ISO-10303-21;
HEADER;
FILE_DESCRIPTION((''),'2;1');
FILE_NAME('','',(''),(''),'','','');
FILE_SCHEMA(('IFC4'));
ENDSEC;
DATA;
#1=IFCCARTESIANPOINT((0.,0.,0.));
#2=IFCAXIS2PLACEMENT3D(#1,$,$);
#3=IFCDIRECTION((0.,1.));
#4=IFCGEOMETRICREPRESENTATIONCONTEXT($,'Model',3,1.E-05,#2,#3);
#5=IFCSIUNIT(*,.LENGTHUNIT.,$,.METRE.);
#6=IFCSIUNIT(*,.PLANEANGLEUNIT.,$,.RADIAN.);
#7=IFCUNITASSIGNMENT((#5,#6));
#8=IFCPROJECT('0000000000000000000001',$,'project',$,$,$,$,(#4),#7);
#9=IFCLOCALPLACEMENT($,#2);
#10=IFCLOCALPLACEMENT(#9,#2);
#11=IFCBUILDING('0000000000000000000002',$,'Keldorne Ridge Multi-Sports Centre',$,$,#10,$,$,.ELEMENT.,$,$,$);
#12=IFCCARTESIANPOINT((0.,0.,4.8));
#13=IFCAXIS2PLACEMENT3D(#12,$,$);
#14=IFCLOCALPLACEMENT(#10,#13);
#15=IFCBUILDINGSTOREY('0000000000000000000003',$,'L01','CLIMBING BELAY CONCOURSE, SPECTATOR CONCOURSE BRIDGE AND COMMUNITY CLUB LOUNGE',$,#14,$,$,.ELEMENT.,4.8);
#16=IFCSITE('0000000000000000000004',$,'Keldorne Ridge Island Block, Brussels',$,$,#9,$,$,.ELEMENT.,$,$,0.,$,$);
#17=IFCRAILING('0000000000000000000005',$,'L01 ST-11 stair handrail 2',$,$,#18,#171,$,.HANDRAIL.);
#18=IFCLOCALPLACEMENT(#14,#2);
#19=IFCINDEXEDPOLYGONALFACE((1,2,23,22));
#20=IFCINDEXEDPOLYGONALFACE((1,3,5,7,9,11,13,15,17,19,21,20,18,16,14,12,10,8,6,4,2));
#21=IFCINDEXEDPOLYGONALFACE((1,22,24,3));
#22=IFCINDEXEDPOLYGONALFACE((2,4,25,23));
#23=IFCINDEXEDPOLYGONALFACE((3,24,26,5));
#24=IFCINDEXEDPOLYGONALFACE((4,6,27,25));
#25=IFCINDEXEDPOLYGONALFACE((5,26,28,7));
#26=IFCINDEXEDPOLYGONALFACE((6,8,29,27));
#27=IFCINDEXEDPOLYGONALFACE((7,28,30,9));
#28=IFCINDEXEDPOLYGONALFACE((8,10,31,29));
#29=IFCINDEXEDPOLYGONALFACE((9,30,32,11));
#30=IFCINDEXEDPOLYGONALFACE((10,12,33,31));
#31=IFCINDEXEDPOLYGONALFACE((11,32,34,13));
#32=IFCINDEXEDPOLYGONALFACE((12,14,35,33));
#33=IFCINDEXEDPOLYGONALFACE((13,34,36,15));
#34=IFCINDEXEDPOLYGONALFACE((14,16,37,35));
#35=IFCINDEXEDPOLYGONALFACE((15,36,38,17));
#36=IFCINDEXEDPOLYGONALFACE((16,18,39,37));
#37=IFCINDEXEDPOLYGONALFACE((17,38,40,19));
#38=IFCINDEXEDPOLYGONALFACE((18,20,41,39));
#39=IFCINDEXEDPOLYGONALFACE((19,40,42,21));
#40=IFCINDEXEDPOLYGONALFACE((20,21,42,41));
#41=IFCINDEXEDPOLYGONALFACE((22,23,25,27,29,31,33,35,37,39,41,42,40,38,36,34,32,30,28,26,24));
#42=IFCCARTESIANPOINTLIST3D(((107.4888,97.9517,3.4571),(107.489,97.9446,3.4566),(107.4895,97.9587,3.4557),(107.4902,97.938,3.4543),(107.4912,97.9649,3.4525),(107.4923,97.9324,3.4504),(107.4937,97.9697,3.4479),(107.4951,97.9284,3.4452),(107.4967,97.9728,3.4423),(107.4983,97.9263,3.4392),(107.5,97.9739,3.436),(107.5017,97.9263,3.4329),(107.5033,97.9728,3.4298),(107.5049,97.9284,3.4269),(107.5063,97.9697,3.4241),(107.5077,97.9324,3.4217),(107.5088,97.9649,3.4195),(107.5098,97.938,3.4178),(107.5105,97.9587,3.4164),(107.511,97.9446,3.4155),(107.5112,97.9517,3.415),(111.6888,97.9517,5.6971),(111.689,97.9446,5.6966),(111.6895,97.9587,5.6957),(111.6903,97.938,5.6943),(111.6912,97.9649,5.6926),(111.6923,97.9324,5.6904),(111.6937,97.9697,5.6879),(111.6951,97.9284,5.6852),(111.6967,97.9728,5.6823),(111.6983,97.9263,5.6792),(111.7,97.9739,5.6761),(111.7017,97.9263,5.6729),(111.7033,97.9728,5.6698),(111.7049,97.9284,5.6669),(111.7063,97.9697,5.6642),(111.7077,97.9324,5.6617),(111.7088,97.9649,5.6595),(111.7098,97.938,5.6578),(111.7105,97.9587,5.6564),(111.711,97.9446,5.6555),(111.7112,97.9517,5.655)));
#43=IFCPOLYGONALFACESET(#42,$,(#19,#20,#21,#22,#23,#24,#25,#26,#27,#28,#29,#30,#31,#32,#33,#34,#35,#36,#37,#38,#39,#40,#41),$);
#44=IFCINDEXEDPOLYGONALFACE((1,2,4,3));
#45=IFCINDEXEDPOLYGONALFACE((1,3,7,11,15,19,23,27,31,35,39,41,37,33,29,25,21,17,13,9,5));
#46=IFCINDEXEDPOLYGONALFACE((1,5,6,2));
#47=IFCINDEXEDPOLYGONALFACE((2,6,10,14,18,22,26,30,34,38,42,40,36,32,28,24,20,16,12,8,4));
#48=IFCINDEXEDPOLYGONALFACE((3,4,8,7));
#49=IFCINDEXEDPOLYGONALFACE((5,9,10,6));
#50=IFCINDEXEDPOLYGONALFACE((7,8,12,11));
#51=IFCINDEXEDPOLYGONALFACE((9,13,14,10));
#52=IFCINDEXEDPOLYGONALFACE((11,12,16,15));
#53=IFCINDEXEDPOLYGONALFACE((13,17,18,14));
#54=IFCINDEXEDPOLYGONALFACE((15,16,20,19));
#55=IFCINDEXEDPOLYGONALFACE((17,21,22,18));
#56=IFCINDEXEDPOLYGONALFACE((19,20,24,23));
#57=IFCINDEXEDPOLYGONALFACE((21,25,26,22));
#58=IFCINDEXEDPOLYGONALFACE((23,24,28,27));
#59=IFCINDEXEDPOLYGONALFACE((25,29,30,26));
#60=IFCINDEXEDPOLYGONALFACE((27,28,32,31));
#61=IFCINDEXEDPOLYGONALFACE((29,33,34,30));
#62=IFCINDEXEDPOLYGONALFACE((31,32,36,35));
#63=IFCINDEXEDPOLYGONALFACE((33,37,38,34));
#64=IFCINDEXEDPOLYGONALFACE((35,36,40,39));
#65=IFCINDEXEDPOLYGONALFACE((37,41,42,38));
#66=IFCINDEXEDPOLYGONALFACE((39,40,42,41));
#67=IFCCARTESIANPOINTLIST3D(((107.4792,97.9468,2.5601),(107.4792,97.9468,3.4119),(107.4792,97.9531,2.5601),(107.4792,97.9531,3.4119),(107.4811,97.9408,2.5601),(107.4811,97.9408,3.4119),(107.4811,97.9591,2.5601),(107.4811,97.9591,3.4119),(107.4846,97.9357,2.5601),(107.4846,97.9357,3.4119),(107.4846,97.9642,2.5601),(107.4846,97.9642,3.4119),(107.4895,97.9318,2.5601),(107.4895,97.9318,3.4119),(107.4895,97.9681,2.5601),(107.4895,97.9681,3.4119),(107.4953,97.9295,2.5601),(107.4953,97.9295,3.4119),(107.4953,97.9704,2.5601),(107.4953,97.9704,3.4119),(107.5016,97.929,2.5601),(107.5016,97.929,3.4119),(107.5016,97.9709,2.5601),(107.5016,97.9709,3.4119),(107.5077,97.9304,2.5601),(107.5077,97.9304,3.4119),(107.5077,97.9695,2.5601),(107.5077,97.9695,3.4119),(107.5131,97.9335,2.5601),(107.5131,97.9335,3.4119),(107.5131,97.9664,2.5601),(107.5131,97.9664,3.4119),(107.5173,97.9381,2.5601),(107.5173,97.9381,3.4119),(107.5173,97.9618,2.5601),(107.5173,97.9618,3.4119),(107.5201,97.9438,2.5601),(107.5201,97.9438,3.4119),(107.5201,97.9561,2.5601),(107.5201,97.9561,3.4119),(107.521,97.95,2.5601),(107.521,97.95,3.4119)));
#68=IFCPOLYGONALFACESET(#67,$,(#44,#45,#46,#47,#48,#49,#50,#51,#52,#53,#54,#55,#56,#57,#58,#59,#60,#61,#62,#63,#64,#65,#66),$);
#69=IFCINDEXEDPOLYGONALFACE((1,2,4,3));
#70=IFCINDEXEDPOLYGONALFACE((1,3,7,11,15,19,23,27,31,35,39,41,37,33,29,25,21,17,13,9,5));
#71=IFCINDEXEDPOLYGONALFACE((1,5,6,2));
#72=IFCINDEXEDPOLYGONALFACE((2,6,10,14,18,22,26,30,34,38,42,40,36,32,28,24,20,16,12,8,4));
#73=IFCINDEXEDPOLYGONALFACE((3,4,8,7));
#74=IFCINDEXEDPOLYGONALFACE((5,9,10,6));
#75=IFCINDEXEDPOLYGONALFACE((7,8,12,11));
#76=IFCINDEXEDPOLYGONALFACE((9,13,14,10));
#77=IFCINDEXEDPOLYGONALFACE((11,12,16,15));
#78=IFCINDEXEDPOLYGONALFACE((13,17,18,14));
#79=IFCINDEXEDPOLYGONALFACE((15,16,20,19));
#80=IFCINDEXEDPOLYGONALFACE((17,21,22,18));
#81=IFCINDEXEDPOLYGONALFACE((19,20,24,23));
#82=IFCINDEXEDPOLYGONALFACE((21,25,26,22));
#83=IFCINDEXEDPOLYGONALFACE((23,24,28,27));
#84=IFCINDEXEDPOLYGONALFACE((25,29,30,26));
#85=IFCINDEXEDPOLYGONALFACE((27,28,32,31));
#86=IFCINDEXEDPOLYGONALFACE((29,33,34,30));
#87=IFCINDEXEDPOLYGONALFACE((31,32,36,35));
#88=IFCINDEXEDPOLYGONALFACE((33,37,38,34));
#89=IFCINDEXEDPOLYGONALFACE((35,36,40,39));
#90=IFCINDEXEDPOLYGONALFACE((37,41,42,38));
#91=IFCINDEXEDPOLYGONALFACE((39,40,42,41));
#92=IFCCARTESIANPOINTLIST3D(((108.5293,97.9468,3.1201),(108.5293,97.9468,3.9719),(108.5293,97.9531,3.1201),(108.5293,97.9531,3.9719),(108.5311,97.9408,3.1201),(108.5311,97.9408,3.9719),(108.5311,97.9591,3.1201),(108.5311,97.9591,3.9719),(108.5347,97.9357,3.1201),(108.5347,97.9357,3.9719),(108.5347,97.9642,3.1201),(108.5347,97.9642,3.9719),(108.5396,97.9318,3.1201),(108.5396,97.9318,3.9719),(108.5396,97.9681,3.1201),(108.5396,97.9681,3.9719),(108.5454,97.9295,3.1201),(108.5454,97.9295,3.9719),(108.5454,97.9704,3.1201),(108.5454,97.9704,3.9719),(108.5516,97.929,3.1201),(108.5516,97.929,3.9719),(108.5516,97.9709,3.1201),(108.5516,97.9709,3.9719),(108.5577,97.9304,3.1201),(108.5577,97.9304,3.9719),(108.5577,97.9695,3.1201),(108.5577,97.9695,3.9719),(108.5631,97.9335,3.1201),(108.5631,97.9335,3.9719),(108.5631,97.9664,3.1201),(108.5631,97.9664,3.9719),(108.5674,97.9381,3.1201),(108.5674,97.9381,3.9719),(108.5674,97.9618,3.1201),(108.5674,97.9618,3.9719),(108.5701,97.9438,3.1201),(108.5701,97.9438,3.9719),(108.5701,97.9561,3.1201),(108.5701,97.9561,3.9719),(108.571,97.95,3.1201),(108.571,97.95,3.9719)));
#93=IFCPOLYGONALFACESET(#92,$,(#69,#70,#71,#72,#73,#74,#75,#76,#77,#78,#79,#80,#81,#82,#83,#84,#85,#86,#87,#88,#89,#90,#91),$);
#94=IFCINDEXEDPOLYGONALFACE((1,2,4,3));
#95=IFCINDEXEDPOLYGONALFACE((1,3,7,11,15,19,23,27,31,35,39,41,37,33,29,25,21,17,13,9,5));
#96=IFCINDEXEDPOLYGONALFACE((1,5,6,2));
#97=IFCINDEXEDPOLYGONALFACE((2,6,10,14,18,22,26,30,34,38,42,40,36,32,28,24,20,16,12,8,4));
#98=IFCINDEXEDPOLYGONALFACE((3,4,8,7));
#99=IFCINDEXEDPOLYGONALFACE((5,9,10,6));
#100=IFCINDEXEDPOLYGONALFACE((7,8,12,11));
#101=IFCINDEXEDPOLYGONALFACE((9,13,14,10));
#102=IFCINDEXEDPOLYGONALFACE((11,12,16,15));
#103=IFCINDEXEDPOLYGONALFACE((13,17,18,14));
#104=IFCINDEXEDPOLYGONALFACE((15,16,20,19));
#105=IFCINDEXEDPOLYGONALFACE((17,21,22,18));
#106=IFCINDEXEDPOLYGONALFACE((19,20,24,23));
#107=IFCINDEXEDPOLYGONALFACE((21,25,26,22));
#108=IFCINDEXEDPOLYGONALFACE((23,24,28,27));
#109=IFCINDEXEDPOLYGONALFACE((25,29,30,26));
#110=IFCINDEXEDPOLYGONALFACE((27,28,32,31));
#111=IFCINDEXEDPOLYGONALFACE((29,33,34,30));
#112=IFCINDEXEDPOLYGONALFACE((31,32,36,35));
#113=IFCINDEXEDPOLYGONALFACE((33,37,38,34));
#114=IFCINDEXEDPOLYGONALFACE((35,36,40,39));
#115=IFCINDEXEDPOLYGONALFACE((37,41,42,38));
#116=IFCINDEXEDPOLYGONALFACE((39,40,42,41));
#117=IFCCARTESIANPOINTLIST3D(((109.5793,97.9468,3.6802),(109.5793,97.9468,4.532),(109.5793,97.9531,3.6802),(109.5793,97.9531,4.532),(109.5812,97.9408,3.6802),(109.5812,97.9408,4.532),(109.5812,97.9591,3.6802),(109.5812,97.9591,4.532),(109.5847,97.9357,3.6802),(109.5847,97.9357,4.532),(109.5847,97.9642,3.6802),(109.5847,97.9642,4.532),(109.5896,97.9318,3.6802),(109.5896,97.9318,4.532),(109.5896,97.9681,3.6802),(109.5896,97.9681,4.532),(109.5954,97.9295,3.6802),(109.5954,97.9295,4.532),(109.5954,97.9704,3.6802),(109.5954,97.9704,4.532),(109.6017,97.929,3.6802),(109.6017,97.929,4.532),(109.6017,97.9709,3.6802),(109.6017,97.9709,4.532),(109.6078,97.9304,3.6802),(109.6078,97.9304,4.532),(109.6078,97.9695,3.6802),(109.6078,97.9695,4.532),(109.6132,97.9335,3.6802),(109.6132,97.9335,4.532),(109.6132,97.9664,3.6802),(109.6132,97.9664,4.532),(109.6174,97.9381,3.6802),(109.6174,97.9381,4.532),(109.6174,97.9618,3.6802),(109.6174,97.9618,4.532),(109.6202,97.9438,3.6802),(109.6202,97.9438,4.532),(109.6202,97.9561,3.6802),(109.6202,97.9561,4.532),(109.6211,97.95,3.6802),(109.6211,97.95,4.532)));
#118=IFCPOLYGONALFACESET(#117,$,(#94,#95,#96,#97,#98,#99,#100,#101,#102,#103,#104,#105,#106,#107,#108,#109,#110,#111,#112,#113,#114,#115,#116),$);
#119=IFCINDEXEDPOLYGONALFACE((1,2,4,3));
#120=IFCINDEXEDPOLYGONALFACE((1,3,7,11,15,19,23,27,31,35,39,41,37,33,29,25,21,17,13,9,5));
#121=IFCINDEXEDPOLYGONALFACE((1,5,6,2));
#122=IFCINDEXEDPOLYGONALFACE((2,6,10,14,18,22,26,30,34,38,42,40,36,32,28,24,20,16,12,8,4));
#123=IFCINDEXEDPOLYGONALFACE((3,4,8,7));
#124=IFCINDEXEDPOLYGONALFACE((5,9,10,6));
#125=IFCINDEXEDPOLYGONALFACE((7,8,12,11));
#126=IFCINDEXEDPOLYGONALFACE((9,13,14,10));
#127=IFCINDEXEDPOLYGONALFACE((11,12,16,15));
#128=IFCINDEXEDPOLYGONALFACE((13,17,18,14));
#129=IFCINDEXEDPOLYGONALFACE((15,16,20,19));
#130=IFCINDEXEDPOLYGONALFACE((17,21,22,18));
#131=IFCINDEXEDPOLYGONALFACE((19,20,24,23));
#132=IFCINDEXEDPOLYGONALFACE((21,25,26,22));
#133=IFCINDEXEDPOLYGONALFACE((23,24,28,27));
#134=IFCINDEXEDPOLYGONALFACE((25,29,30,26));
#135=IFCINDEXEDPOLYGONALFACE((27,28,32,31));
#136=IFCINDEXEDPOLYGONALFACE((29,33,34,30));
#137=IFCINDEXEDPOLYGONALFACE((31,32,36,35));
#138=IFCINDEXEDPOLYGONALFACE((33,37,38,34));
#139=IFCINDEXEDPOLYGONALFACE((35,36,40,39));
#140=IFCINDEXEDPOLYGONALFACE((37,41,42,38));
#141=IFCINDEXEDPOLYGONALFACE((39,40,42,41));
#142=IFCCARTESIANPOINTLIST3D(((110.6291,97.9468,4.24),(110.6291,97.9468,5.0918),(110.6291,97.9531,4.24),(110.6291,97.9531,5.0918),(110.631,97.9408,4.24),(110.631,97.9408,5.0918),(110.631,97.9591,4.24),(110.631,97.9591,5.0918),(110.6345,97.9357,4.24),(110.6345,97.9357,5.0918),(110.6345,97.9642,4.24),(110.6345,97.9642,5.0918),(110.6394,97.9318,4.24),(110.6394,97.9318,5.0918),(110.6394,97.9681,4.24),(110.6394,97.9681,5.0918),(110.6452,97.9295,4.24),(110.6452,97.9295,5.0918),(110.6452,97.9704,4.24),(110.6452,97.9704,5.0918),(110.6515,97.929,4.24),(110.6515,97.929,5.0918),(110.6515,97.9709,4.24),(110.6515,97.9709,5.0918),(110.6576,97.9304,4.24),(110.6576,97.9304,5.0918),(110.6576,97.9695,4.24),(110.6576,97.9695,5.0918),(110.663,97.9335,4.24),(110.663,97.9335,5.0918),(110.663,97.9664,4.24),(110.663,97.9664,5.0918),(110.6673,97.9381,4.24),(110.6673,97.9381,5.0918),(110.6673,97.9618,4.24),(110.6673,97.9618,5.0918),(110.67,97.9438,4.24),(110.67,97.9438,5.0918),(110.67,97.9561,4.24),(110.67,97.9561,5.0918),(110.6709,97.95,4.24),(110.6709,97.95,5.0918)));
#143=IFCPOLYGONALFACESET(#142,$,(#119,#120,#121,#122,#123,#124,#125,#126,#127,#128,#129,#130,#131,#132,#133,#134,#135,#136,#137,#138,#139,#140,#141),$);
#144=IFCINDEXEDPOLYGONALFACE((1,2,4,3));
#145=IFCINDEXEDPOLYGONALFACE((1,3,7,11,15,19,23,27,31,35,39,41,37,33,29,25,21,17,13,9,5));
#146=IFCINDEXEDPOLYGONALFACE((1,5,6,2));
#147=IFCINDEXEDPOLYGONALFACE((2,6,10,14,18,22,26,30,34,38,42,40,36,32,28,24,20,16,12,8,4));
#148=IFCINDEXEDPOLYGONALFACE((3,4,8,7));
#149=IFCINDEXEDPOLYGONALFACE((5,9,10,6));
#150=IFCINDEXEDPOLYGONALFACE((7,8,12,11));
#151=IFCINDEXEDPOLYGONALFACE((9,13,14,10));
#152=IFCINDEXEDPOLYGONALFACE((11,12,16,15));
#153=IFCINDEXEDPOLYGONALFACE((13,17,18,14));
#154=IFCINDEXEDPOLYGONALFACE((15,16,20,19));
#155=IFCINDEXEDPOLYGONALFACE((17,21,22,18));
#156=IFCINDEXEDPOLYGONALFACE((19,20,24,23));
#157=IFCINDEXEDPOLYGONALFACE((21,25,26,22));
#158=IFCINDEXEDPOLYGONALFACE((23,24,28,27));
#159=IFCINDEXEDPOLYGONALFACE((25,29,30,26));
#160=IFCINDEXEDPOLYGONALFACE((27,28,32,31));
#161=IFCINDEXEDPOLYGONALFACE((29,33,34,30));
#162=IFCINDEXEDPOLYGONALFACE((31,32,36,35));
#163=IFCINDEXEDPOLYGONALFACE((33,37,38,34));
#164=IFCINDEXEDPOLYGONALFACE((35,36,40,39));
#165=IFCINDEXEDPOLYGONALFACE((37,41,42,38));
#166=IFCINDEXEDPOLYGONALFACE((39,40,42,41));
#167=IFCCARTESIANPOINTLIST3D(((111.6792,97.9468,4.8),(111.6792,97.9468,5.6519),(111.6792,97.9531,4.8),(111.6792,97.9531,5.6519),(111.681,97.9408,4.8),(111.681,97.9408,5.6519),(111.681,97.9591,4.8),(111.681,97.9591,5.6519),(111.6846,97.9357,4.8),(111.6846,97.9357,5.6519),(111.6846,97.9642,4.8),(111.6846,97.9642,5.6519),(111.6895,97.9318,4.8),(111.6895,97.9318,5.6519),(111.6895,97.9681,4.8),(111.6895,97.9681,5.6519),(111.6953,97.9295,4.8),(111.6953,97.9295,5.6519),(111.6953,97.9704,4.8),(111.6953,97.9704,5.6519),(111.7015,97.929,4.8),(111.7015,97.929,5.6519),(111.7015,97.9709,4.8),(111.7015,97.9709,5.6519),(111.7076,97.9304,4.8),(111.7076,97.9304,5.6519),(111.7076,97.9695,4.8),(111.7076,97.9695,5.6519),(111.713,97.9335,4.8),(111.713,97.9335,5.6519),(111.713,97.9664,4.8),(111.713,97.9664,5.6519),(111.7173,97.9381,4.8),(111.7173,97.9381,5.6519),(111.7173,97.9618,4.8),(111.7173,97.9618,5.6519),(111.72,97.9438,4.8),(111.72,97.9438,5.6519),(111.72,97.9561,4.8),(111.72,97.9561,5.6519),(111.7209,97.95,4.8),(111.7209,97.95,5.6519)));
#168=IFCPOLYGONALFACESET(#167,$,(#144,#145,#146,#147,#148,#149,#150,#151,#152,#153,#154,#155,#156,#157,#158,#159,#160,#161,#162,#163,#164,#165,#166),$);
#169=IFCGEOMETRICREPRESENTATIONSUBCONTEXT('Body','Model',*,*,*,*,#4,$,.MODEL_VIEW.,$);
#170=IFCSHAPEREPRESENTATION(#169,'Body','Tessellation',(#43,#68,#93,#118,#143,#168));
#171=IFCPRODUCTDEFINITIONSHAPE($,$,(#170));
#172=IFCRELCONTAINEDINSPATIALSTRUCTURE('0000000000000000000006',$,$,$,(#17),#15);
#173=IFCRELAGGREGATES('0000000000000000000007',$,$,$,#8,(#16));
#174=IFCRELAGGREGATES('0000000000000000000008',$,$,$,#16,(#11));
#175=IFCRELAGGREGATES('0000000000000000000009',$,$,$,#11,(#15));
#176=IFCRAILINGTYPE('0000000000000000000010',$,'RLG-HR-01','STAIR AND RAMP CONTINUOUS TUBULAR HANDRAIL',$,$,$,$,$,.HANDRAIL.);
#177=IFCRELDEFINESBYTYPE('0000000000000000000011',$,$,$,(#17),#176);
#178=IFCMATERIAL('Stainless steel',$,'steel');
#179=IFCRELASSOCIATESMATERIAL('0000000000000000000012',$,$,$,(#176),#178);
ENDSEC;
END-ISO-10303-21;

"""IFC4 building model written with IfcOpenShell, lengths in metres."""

from ifc_helpers import new_model, si_unit, direction, frame, origin, origin_2d, place, context, subcontext, project, spatial, circle, extrude, material, type_object, element, save


model = new_model("IFC4")

# Units and contexts
model_context = context("Model", 3, precision=1e-05, world=origin(), true_north=direction((0.0, 1.0)))
body_context = subcontext(model_context, "Body", "Model", "MODEL_VIEW")
ifc_project = project(units=[si_unit("LENGTHUNIT", "METRE"), si_unit("PLANEANGLEUNIT", "RADIAN")], contexts=[model_context])

# Site, building, storey
site_placement = place(None, origin())
site = spatial("IfcSite", under=ifc_project, at=site_placement, Name="Keldorne Ridge Island Block, Brussels", CompositionType="ELEMENT", RefElevation=0.0)
building_placement = place(site_placement, origin())
building = spatial("IfcBuilding", under=site, at=building_placement, Name="Keldorne Ridge Multi-Sports Centre", CompositionType="ELEMENT")
storey_placement = place(building_placement, frame((0.0, 0.0, 4.8)))
storey = spatial("IfcBuildingStorey", under=building, at=storey_placement, Name="L01", Description="CLIMBING BELAY CONCOURSE, SPECTATOR CONCOURSE BRIDGE AND COMMUNITY CLUB LOUNGE", CompositionType="ELEMENT", Elevation=4.8)

# Railing
ifc_material_1 = material(Name="Stainless steel", Category="steel")
railing_type = type_object("IfcRailingType", Name="RLG-HR-01", Description="STAIR AND RAMP CONTINUOUS TUBULAR HANDRAIL", PredefinedType="HANDRAIL", material=ifc_material_1)
railing_placement = place(storey_placement, frame((107.5, 97.95, 2.5601)))
element("IfcRailing", 1, at=railing_placement, inside=storey, type_object=railing_type, Name="L01 ST-11 stair handrail 2", PredefinedType="HANDRAIL", context=body_context, shape_type="SweptSolid", body=[
    extrude(circle(Radius=0.0239, at=origin_2d()), frame((0.0, 0.0, 0.876), z_axis=(0.882352, 0.0, 0.470591), x_axis=(0.0, 1.0, 0.0)), (0.0, 0.0, 1.0), 4.76),
    extrude(circle(Radius=0.021, at=origin_2d()), origin(), (0.0, 0.0, 1.0), 0.8518),
    extrude(circle(Radius=0.021, at=origin_2d()), frame((1.05, 0.0, 0.5601)), (0.0, 0.0, 1.0), 0.8518),
    extrude(circle(Radius=0.021, at=origin_2d()), frame((2.1001, 0.0, 1.1201)), (0.0, 0.0, 1.0), 0.8518),
    extrude(circle(Radius=0.021, at=origin_2d()), frame((3.1499, 0.0, 1.6799)), (0.0, 0.0, 1.0), 0.8518),
    extrude(circle(Radius=0.021, at=origin_2d()), frame((4.2, 0.0, 2.24)), (0.0, 0.0, 1.0), 0.8518),
])

save(model, "model.ifc")
